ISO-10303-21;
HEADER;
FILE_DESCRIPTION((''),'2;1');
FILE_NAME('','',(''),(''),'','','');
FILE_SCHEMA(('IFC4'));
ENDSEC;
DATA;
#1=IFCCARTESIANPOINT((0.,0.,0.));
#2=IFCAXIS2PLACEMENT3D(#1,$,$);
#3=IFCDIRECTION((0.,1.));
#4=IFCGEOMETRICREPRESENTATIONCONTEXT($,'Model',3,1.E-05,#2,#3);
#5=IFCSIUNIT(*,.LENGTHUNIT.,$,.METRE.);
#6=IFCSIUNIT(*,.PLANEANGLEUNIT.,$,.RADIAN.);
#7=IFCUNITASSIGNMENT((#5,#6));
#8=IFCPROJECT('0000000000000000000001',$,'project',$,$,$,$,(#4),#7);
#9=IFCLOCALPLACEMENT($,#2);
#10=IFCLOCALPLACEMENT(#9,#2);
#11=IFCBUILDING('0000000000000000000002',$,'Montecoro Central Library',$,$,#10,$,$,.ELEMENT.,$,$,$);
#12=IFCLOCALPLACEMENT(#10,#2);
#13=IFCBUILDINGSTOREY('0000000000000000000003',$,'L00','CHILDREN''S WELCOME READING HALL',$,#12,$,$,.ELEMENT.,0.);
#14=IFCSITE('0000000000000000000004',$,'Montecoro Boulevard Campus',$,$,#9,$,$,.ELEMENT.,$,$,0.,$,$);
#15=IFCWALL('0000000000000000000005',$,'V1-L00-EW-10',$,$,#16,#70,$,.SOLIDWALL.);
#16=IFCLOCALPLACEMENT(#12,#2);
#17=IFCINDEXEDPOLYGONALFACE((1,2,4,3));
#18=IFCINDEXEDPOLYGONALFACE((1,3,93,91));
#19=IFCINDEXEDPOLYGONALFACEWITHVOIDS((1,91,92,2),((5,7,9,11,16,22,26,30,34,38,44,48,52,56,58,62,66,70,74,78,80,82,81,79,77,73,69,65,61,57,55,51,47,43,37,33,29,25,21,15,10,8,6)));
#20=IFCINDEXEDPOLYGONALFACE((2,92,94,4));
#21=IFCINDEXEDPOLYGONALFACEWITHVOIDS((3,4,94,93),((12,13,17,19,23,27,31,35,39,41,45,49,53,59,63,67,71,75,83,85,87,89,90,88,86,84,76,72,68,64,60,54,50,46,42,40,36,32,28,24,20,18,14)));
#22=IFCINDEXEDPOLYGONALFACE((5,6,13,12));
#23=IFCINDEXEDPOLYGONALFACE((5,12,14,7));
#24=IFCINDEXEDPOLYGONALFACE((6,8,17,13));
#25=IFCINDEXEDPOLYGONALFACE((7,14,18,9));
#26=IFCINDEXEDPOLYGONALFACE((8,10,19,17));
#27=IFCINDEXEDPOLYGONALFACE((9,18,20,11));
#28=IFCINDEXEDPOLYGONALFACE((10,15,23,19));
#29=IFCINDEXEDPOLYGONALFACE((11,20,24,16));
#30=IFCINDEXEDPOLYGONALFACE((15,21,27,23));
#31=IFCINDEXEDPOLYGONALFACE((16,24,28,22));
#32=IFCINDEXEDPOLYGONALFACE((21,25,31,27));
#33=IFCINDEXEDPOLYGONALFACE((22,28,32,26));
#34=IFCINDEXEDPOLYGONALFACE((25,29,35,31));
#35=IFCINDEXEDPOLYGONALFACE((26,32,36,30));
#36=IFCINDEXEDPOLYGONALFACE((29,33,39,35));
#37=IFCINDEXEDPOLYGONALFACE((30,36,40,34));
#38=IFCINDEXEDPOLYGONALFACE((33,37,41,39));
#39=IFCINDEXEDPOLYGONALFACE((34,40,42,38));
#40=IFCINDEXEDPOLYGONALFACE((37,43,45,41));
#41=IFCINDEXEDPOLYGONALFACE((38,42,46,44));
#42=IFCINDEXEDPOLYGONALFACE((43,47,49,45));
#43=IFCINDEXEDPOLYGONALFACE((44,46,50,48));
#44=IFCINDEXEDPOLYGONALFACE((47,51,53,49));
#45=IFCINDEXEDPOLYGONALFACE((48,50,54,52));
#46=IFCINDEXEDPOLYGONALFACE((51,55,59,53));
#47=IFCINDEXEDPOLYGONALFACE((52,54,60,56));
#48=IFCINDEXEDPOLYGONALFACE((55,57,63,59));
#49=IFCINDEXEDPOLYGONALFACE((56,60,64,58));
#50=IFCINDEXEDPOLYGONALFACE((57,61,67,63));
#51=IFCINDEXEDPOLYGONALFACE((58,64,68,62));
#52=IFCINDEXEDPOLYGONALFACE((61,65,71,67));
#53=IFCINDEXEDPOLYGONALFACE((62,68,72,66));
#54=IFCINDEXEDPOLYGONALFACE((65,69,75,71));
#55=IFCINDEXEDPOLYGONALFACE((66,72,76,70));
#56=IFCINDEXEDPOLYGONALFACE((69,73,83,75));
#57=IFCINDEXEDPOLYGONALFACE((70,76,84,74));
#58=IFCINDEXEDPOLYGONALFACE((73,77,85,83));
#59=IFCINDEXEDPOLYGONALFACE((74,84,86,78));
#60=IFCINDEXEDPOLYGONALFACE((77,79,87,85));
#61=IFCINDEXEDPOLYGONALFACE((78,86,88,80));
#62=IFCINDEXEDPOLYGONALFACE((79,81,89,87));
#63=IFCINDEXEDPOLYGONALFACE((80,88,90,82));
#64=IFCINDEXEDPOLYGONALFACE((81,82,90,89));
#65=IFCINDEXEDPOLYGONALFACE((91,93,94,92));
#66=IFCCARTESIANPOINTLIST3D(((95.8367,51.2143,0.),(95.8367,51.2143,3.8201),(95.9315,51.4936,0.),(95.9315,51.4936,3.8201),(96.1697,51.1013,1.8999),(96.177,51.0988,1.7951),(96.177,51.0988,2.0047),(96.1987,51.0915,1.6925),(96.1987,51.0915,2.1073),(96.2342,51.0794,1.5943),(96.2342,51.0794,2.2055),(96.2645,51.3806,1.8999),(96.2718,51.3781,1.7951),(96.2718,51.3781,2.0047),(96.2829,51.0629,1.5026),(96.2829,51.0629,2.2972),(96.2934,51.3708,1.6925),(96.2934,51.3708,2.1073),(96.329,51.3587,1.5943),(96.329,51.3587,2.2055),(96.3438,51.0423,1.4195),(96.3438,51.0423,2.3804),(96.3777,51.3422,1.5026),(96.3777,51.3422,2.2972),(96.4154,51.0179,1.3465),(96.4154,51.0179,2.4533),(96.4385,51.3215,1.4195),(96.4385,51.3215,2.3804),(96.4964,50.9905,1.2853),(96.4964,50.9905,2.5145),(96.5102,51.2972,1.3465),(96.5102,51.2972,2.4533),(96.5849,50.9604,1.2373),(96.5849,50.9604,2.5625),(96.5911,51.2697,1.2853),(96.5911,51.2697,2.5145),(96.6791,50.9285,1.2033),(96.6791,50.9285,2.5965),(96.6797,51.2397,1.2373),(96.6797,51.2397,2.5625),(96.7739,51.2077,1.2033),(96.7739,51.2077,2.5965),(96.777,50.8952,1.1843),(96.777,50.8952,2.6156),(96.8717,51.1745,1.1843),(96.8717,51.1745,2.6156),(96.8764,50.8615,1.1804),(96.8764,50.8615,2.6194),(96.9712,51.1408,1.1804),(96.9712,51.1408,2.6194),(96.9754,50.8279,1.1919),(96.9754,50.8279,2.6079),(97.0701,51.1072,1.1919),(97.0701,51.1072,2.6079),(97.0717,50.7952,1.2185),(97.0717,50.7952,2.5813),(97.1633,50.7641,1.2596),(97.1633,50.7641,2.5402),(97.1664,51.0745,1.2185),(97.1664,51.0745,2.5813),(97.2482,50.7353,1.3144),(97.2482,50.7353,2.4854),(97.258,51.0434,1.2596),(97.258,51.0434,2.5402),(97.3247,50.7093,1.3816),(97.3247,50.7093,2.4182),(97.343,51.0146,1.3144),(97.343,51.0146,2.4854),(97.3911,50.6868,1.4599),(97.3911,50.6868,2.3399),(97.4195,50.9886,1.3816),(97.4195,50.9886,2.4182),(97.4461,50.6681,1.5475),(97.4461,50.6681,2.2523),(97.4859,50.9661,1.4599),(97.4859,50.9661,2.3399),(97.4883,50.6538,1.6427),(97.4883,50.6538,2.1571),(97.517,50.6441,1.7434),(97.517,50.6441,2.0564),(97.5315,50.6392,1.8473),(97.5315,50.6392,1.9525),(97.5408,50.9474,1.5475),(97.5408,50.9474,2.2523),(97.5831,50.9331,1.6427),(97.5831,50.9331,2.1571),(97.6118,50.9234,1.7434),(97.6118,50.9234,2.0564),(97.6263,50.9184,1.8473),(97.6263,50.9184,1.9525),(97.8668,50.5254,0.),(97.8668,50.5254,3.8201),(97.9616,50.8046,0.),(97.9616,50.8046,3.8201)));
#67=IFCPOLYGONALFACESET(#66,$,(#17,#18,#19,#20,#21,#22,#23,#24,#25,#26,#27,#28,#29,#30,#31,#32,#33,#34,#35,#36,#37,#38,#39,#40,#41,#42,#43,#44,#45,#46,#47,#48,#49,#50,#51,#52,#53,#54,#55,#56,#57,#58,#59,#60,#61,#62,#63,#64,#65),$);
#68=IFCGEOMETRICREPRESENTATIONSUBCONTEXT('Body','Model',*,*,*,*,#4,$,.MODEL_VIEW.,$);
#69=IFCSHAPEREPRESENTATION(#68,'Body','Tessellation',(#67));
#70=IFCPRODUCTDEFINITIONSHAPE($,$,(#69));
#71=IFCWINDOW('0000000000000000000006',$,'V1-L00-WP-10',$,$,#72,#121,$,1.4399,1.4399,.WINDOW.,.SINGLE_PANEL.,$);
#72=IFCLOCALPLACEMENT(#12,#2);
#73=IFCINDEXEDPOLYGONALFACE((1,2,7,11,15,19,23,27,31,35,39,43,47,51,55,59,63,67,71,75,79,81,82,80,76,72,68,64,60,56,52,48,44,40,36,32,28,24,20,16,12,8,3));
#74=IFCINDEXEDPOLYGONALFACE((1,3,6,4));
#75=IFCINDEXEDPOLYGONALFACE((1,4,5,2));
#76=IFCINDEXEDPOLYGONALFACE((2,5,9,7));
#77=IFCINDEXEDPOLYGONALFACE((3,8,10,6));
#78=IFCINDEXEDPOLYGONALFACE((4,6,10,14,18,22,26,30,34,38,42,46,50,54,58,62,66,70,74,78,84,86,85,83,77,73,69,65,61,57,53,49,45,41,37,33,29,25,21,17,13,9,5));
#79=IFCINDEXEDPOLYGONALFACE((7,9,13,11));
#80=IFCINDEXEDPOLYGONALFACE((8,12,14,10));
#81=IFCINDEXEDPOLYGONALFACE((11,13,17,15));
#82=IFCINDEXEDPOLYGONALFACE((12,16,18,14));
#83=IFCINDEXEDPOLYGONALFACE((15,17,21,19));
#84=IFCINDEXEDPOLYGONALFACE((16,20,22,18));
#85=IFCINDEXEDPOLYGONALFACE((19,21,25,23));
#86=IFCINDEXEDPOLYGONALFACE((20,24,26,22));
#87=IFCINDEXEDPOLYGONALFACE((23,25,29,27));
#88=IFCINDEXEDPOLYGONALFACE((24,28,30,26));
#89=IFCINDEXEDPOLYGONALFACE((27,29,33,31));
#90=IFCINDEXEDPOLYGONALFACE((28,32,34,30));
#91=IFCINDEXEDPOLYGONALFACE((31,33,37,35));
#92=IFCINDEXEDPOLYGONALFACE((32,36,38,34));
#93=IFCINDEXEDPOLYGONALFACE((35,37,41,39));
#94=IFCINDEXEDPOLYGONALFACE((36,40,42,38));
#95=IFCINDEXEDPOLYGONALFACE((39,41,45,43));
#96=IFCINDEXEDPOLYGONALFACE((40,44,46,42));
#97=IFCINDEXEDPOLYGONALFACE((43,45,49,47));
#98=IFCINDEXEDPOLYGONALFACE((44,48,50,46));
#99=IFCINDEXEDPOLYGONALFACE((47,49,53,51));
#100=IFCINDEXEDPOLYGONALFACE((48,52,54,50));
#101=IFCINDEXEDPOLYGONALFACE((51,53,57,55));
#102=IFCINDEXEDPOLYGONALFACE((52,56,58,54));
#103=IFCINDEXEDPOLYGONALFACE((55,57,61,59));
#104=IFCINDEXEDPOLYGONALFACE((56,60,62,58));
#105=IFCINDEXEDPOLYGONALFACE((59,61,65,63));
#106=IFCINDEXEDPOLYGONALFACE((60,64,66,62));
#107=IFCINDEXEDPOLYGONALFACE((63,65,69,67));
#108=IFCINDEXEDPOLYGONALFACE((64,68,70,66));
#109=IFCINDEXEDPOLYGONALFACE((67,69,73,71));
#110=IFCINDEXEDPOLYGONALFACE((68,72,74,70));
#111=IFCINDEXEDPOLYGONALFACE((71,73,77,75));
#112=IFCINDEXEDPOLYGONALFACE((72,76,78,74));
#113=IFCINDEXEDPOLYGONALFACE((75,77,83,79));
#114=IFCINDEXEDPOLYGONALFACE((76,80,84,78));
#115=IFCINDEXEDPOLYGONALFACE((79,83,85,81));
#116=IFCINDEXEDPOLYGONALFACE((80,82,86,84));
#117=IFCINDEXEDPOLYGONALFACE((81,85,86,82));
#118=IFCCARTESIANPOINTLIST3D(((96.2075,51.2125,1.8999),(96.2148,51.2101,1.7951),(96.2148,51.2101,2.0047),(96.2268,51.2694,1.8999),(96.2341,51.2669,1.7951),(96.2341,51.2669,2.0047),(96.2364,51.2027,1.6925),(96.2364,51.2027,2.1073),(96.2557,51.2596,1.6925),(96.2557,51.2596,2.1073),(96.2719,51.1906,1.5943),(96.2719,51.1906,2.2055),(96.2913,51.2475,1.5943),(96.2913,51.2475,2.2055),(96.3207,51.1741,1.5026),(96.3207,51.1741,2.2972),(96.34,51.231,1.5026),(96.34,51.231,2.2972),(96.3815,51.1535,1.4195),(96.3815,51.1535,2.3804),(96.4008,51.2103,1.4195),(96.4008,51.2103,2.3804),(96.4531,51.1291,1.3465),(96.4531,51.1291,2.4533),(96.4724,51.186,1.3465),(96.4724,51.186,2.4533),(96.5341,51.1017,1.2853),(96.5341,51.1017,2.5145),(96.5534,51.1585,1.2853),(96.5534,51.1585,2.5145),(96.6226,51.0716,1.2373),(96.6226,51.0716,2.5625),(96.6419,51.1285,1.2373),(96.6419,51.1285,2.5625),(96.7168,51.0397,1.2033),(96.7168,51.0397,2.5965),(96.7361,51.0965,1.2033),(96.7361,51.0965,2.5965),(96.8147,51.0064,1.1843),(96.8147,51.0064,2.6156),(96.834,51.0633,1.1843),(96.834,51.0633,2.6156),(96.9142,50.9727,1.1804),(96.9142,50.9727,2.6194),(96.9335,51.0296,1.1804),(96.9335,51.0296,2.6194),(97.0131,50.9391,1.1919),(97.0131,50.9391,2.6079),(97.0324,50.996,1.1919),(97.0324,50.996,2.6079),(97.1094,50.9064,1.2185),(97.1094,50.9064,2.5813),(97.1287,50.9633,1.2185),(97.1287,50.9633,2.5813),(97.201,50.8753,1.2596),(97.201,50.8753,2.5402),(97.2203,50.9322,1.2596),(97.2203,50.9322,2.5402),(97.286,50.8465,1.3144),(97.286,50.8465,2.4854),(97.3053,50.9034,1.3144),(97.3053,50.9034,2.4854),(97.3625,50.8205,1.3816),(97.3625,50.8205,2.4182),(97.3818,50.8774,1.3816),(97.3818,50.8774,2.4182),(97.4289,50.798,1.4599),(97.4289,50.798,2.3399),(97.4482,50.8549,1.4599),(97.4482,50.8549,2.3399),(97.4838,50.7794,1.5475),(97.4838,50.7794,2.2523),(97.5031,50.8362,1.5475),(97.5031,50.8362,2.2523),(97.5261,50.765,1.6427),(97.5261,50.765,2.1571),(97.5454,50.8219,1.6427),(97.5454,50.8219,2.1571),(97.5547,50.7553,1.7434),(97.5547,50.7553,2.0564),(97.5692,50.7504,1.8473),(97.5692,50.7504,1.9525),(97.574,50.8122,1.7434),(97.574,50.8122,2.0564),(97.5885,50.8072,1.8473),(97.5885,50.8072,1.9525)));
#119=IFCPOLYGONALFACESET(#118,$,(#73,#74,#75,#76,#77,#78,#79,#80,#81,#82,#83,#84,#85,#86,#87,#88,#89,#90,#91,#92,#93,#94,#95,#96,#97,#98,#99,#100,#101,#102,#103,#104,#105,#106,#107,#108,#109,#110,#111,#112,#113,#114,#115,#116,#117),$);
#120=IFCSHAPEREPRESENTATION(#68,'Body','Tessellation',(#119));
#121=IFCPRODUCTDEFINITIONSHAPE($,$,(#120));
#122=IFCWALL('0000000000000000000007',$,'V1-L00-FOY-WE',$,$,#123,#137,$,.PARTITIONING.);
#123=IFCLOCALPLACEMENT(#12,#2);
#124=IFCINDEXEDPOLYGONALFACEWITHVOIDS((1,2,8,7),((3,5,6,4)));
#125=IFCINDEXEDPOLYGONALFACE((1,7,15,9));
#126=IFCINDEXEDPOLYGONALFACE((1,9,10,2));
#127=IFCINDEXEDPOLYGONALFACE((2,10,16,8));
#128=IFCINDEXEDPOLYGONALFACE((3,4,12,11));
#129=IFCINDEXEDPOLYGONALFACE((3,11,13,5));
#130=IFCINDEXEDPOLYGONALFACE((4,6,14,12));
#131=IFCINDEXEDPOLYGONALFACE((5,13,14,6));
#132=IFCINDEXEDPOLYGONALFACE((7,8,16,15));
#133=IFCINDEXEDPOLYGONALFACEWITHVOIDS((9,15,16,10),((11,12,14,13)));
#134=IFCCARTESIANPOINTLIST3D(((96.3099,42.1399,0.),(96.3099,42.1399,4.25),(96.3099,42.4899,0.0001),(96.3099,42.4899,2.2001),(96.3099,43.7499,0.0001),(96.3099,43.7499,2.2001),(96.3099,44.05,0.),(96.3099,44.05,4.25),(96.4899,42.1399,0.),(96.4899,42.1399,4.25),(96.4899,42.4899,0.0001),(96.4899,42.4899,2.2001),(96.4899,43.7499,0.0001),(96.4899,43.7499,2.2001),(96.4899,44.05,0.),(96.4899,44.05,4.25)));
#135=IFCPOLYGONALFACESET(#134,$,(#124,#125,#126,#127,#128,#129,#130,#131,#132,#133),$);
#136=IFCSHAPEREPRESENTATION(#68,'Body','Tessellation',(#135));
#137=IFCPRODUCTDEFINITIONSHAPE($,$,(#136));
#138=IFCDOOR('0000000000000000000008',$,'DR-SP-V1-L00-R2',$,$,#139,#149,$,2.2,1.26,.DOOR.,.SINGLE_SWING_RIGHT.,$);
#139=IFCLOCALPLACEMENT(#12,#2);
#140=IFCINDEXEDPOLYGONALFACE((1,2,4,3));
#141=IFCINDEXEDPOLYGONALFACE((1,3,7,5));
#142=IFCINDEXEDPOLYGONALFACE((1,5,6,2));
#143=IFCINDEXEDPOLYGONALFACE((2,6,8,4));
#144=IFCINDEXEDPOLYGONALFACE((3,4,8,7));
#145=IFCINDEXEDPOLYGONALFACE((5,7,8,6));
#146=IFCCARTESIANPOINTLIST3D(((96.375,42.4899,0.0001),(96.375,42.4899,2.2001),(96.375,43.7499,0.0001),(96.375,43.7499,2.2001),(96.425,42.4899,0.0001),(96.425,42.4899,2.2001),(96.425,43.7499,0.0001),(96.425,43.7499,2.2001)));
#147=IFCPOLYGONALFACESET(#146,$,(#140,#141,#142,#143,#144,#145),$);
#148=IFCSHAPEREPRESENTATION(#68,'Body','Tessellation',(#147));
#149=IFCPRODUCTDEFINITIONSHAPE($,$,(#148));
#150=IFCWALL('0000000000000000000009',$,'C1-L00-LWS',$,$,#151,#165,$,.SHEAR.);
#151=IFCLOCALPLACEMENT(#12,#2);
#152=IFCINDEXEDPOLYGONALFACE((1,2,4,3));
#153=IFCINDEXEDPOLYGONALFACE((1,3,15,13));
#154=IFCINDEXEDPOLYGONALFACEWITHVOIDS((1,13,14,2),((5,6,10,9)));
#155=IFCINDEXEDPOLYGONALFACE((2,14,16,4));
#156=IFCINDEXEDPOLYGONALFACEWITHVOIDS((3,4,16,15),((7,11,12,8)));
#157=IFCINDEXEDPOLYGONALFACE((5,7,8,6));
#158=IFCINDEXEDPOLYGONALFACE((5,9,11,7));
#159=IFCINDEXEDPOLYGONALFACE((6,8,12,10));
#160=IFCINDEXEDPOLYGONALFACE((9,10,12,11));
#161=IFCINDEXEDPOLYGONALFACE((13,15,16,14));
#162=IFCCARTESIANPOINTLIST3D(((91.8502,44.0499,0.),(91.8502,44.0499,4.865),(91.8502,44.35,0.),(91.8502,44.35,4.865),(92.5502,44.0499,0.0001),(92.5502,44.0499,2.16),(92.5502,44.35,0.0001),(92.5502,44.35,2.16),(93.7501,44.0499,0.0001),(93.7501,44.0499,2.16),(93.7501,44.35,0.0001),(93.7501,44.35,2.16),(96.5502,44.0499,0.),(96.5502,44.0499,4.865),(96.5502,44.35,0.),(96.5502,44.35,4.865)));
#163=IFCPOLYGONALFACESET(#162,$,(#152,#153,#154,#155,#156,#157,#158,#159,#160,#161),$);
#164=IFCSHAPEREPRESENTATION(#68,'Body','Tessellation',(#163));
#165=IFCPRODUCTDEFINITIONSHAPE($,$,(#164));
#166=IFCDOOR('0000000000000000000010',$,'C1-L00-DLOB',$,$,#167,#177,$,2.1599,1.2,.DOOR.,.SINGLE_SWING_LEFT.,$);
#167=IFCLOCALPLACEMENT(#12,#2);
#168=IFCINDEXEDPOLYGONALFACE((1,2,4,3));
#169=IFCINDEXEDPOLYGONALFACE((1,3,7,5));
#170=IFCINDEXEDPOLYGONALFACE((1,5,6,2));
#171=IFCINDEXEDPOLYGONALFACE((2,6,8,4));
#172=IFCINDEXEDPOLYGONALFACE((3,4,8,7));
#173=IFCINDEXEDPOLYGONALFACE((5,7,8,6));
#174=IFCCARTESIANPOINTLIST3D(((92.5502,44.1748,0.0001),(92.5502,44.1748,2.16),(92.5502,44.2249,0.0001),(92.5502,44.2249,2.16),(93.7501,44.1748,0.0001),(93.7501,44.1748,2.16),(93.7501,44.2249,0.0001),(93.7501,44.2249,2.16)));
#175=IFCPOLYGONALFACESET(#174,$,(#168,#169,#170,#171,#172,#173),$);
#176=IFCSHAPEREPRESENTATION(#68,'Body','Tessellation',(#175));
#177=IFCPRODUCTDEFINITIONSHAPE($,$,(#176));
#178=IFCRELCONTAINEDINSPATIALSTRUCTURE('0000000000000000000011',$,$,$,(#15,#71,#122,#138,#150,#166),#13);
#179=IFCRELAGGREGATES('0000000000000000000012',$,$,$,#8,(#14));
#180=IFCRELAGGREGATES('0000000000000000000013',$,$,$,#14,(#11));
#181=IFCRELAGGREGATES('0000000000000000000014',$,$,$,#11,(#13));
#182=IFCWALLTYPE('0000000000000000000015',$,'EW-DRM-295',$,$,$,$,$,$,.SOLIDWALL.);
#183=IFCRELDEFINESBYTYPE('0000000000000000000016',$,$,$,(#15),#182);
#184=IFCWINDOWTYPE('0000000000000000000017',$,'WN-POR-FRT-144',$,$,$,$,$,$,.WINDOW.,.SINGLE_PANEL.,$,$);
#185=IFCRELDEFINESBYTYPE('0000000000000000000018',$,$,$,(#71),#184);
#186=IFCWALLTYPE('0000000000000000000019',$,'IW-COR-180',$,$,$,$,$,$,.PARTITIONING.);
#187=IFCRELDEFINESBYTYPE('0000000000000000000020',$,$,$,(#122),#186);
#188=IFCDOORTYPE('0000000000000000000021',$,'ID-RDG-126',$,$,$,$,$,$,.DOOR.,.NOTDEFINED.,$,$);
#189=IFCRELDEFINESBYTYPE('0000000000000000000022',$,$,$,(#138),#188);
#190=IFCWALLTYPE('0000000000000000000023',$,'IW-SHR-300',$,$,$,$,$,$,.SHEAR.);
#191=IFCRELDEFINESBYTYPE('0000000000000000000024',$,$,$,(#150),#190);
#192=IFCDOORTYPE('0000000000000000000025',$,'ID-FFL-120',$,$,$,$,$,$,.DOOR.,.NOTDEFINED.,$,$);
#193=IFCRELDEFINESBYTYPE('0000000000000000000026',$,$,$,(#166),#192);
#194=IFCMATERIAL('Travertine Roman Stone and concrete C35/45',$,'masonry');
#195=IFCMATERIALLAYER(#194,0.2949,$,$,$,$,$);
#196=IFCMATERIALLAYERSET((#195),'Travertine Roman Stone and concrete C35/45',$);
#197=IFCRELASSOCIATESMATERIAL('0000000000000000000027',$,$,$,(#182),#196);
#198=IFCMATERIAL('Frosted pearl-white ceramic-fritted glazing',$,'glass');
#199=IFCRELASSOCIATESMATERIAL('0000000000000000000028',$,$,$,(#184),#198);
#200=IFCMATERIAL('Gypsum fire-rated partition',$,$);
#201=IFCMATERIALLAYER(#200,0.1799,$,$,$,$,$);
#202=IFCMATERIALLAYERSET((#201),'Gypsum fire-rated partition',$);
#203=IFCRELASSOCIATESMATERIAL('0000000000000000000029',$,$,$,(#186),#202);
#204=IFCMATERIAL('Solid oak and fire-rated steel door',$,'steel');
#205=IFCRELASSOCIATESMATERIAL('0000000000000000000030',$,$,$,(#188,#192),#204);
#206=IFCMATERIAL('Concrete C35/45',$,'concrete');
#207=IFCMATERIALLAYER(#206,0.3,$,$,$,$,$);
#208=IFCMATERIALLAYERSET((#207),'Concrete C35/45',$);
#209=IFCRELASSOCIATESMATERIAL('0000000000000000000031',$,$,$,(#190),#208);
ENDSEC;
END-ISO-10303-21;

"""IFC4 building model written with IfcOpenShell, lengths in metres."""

from ifc_helpers import new_model, si_unit, direction, frame, frame_2d, origin, place, context, subcontext, project, spatial, rectangle, circle, extrude, material, layer, layer_set, type_object, element, fill, save


model = new_model("IFC4")

# Units and contexts
model_context = context("Model", 3, precision=1e-05, world=origin(), true_north=direction((0.0, 1.0)))
body_context = subcontext(model_context, "Body", "Model", "MODEL_VIEW")
ifc_project = project(units=[si_unit("LENGTHUNIT", "METRE"), si_unit("PLANEANGLEUNIT", "RADIAN")], contexts=[model_context])

# Site, building, storey
site_placement = place(None, origin())
site = spatial("IfcSite", under=ifc_project, at=site_placement, Name="Montecoro Boulevard Campus", CompositionType="ELEMENT", RefElevation=0.0)
building_placement = place(site_placement, origin())
building = spatial("IfcBuilding", under=site, at=building_placement, Name="Montecoro Central Library", CompositionType="ELEMENT")
storey_placement = place(building_placement, origin())
storey = spatial("IfcBuildingStorey", under=building, at=storey_placement, Name="L00", Description="CHILDREN'S WELCOME READING HALL", CompositionType="ELEMENT", Elevation=0.0)

# Wall, opening, window
ifc_material_1 = material(Name="Travertine Roman Stone and concrete C35/45", Category="masonry")
ifc_layer_1 = layer(ifc_material_1, 0.2949)
ifc_layer_set_1 = layer_set([ifc_layer_1], Name="Travertine Roman Stone and concrete C35/45")
wall_type_1 = type_object("IfcWallType", Name="EW-DRM-295", PredefinedType="SOLIDWALL", material=ifc_layer_set_1)
wall_1_placement = place(storey_placement, frame((97.9141, 50.665, 0.0), z_axis=(0.0, 0.0, 1.0), x_axis=(-0.94695, 0.321382, 0.0)))
wall_1 = element("IfcWall", 1, at=wall_1_placement, inside=storey, type_object=wall_type_1, Name="V1-L00-EW-10", PredefinedType="SOLIDWALL", context=body_context, shape_type="SweptSolid", body=[
    extrude(rectangle(XDim=2.1438, YDim=0.2949, at=frame_2d((1.0718, 0.0))), origin(), (0.0, 0.0, 1.0), 3.8201),
])
opening_1_placement = place(wall_1_placement, frame((0.3521, 0.0, 1.1799)))
opening_1 = element("IfcOpeningElement", 2, at=opening_1_placement, cuts=wall_1, PredefinedType="OPENING", context=body_context, shape_type="SweptSolid", body=[
    extrude(circle(Radius=0.72, at=frame_2d((0.72, 0.72))), frame((0.0, 0.1575, 0.0), z_axis=(0.0, -1.0, 0.0), x_axis=(1.0, 0.0, 0.0)), (0.0, 0.0, 1.0), 0.3149),
])
ifc_material_2 = material(Name="Frosted pearl-white ceramic-fritted glazing", Category="glass")
window_type_1 = type_object("IfcWindowType", Name="WN-POR-FRT-144", PartitioningType="SINGLE_PANEL", PredefinedType="WINDOW", material=ifc_material_2)
window_1_placement = place(opening_1_placement, origin())
window_1 = element("IfcWindow", 3, at=window_1_placement, inside=storey, type_object=window_type_1, Name="V1-L00-WP-10", OverallHeight=1.4399, OverallWidth=1.4399, PartitioningType="SINGLE_PANEL", PredefinedType="WINDOW", context=body_context, shape_type="SweptSolid", body=[
    extrude(circle(Radius=0.72, at=frame_2d((0.72, 0.72))), frame((0.0, 0.03, 0.0), z_axis=(0.0, -1.0, 0.0), x_axis=(1.0, 0.0, 0.0)), (0.0, 0.0, 1.0), 0.0601),
])
fill(opening_1, window_1)

# Walls, openings, doors
ifc_material_3 = material(Name="Gypsum fire-rated partition")
ifc_layer_2 = layer(ifc_material_3, 0.1799)
ifc_layer_set_2 = layer_set([ifc_layer_2], Name="Gypsum fire-rated partition")
wall_type_2 = type_object("IfcWallType", Name="IW-COR-180", PredefinedType="PARTITIONING", material=ifc_layer_set_2)
wall_2_placement = place(storey_placement, frame((96.3999, 42.1399, 0.0), z_axis=(0.0, 0.0, 1.0), x_axis=(0.0, 1.0, 0.0)))
wall_2 = element("IfcWall", 4, at=wall_2_placement, inside=storey, type_object=wall_type_2, Name="V1-L00-FOY-WE", PredefinedType="PARTITIONING", context=body_context, shape_type="SweptSolid", body=[
    extrude(rectangle(XDim=1.9102, YDim=0.1799, at=frame_2d((0.9551, 0.0))), origin(), (0.0, 0.0, 1.0), 4.25),
])
opening_2_placement = place(wall_2_placement, frame((0.3501, 0.0, 0.0)))
opening_2 = element("IfcOpeningElement", 5, at=opening_2_placement, cuts=wall_2, PredefinedType="OPENING", context=body_context, shape_type="SweptSolid", body=[
    extrude(rectangle(XDim=1.26, YDim=2.2, at=frame_2d((0.6299, 1.1001))), frame((0.0, 0.0999, 0.0), z_axis=(0.0, -1.0, 0.0), x_axis=(1.0, 0.0, 0.0)), (0.0, 0.0, 1.0), 0.2),
])
ifc_material_4 = material(Name="Solid oak and fire-rated steel door", Category="steel")
door_type_1 = type_object("IfcDoorType", Name="ID-RDG-126", OperationType="NOTDEFINED", PredefinedType="DOOR", material=ifc_material_4)
door_1_placement = place(opening_2_placement, origin())
door_1 = element("IfcDoor", 6, at=door_1_placement, inside=storey, type_object=door_type_1, Name="DR-SP-V1-L00-R2", OperationType="SINGLE_SWING_RIGHT", OverallHeight=2.2, OverallWidth=1.26, PredefinedType="DOOR", context=body_context, shape_type="SweptSolid", body=[
    extrude(rectangle(XDim=1.26, YDim=2.2, at=frame_2d((0.6299, 1.1001))), frame((0.0, 0.0249, 0.0), z_axis=(0.0, -1.0, 0.0), x_axis=(1.0, 0.0, 0.0)), (0.0, 0.0, 1.0), 0.05),
])
fill(opening_2, door_1)
ifc_material_5 = material(Name="Concrete C35/45", Category="concrete")
ifc_layer_3 = layer(ifc_material_5, 0.3)
ifc_layer_set_3 = layer_set([ifc_layer_3], Name="Concrete C35/45")
wall_type_3 = type_object("IfcWallType", Name="IW-SHR-300", PredefinedType="SHEAR", material=ifc_layer_set_3)
wall_3_placement = place(storey_placement, frame((91.8501, 44.2, 0.0), z_axis=(0.0, 0.0, 1.0), x_axis=(1.0, 0.0, 0.0)))
wall_3 = element("IfcWall", 7, at=wall_3_placement, inside=storey, type_object=wall_type_3, Name="C1-L00-LWS", PredefinedType="SHEAR", context=body_context, shape_type="SweptSolid", body=[
    extrude(rectangle(XDim=4.7, YDim=0.3, at=frame_2d((2.3501, 0.0))), origin(), (0.0, 0.0, 1.0), 4.865),
])
opening_3_placement = place(wall_3_placement, frame((0.7, 0.0, 0.0)))
opening_3 = element("IfcOpeningElement", 8, at=opening_3_placement, cuts=wall_3, PredefinedType="OPENING", context=body_context, shape_type="SweptSolid", body=[
    extrude(rectangle(XDim=1.2, YDim=2.1599, at=frame_2d((0.6001, 1.0801))), frame((0.0, 0.1599, 0.0), z_axis=(0.0, -1.0, 0.0), x_axis=(1.0, 0.0, 0.0)), (0.0, 0.0, 1.0), 0.3201),
])
door_type_2 = type_object("IfcDoorType", Name="ID-FFL-120", OperationType="NOTDEFINED", PredefinedType="DOOR", material=ifc_material_4)
door_2_placement = place(opening_3_placement, origin())
door_2 = element("IfcDoor", 9, at=door_2_placement, inside=storey, type_object=door_type_2, Name="C1-L00-DLOB", OperationType="SINGLE_SWING_LEFT", OverallHeight=2.1599, OverallWidth=1.2, PredefinedType="DOOR", context=body_context, shape_type="SweptSolid", body=[
    extrude(rectangle(XDim=1.2, YDim=2.1599, at=frame_2d((0.6001, 1.0801))), frame((0.0, 0.0249, 0.0), z_axis=(0.0, -1.0, 0.0), x_axis=(1.0, 0.0, 0.0)), (0.0, 0.0, 1.0), 0.05),
])
fill(opening_3, door_2)

save(model, "model.ifc")
